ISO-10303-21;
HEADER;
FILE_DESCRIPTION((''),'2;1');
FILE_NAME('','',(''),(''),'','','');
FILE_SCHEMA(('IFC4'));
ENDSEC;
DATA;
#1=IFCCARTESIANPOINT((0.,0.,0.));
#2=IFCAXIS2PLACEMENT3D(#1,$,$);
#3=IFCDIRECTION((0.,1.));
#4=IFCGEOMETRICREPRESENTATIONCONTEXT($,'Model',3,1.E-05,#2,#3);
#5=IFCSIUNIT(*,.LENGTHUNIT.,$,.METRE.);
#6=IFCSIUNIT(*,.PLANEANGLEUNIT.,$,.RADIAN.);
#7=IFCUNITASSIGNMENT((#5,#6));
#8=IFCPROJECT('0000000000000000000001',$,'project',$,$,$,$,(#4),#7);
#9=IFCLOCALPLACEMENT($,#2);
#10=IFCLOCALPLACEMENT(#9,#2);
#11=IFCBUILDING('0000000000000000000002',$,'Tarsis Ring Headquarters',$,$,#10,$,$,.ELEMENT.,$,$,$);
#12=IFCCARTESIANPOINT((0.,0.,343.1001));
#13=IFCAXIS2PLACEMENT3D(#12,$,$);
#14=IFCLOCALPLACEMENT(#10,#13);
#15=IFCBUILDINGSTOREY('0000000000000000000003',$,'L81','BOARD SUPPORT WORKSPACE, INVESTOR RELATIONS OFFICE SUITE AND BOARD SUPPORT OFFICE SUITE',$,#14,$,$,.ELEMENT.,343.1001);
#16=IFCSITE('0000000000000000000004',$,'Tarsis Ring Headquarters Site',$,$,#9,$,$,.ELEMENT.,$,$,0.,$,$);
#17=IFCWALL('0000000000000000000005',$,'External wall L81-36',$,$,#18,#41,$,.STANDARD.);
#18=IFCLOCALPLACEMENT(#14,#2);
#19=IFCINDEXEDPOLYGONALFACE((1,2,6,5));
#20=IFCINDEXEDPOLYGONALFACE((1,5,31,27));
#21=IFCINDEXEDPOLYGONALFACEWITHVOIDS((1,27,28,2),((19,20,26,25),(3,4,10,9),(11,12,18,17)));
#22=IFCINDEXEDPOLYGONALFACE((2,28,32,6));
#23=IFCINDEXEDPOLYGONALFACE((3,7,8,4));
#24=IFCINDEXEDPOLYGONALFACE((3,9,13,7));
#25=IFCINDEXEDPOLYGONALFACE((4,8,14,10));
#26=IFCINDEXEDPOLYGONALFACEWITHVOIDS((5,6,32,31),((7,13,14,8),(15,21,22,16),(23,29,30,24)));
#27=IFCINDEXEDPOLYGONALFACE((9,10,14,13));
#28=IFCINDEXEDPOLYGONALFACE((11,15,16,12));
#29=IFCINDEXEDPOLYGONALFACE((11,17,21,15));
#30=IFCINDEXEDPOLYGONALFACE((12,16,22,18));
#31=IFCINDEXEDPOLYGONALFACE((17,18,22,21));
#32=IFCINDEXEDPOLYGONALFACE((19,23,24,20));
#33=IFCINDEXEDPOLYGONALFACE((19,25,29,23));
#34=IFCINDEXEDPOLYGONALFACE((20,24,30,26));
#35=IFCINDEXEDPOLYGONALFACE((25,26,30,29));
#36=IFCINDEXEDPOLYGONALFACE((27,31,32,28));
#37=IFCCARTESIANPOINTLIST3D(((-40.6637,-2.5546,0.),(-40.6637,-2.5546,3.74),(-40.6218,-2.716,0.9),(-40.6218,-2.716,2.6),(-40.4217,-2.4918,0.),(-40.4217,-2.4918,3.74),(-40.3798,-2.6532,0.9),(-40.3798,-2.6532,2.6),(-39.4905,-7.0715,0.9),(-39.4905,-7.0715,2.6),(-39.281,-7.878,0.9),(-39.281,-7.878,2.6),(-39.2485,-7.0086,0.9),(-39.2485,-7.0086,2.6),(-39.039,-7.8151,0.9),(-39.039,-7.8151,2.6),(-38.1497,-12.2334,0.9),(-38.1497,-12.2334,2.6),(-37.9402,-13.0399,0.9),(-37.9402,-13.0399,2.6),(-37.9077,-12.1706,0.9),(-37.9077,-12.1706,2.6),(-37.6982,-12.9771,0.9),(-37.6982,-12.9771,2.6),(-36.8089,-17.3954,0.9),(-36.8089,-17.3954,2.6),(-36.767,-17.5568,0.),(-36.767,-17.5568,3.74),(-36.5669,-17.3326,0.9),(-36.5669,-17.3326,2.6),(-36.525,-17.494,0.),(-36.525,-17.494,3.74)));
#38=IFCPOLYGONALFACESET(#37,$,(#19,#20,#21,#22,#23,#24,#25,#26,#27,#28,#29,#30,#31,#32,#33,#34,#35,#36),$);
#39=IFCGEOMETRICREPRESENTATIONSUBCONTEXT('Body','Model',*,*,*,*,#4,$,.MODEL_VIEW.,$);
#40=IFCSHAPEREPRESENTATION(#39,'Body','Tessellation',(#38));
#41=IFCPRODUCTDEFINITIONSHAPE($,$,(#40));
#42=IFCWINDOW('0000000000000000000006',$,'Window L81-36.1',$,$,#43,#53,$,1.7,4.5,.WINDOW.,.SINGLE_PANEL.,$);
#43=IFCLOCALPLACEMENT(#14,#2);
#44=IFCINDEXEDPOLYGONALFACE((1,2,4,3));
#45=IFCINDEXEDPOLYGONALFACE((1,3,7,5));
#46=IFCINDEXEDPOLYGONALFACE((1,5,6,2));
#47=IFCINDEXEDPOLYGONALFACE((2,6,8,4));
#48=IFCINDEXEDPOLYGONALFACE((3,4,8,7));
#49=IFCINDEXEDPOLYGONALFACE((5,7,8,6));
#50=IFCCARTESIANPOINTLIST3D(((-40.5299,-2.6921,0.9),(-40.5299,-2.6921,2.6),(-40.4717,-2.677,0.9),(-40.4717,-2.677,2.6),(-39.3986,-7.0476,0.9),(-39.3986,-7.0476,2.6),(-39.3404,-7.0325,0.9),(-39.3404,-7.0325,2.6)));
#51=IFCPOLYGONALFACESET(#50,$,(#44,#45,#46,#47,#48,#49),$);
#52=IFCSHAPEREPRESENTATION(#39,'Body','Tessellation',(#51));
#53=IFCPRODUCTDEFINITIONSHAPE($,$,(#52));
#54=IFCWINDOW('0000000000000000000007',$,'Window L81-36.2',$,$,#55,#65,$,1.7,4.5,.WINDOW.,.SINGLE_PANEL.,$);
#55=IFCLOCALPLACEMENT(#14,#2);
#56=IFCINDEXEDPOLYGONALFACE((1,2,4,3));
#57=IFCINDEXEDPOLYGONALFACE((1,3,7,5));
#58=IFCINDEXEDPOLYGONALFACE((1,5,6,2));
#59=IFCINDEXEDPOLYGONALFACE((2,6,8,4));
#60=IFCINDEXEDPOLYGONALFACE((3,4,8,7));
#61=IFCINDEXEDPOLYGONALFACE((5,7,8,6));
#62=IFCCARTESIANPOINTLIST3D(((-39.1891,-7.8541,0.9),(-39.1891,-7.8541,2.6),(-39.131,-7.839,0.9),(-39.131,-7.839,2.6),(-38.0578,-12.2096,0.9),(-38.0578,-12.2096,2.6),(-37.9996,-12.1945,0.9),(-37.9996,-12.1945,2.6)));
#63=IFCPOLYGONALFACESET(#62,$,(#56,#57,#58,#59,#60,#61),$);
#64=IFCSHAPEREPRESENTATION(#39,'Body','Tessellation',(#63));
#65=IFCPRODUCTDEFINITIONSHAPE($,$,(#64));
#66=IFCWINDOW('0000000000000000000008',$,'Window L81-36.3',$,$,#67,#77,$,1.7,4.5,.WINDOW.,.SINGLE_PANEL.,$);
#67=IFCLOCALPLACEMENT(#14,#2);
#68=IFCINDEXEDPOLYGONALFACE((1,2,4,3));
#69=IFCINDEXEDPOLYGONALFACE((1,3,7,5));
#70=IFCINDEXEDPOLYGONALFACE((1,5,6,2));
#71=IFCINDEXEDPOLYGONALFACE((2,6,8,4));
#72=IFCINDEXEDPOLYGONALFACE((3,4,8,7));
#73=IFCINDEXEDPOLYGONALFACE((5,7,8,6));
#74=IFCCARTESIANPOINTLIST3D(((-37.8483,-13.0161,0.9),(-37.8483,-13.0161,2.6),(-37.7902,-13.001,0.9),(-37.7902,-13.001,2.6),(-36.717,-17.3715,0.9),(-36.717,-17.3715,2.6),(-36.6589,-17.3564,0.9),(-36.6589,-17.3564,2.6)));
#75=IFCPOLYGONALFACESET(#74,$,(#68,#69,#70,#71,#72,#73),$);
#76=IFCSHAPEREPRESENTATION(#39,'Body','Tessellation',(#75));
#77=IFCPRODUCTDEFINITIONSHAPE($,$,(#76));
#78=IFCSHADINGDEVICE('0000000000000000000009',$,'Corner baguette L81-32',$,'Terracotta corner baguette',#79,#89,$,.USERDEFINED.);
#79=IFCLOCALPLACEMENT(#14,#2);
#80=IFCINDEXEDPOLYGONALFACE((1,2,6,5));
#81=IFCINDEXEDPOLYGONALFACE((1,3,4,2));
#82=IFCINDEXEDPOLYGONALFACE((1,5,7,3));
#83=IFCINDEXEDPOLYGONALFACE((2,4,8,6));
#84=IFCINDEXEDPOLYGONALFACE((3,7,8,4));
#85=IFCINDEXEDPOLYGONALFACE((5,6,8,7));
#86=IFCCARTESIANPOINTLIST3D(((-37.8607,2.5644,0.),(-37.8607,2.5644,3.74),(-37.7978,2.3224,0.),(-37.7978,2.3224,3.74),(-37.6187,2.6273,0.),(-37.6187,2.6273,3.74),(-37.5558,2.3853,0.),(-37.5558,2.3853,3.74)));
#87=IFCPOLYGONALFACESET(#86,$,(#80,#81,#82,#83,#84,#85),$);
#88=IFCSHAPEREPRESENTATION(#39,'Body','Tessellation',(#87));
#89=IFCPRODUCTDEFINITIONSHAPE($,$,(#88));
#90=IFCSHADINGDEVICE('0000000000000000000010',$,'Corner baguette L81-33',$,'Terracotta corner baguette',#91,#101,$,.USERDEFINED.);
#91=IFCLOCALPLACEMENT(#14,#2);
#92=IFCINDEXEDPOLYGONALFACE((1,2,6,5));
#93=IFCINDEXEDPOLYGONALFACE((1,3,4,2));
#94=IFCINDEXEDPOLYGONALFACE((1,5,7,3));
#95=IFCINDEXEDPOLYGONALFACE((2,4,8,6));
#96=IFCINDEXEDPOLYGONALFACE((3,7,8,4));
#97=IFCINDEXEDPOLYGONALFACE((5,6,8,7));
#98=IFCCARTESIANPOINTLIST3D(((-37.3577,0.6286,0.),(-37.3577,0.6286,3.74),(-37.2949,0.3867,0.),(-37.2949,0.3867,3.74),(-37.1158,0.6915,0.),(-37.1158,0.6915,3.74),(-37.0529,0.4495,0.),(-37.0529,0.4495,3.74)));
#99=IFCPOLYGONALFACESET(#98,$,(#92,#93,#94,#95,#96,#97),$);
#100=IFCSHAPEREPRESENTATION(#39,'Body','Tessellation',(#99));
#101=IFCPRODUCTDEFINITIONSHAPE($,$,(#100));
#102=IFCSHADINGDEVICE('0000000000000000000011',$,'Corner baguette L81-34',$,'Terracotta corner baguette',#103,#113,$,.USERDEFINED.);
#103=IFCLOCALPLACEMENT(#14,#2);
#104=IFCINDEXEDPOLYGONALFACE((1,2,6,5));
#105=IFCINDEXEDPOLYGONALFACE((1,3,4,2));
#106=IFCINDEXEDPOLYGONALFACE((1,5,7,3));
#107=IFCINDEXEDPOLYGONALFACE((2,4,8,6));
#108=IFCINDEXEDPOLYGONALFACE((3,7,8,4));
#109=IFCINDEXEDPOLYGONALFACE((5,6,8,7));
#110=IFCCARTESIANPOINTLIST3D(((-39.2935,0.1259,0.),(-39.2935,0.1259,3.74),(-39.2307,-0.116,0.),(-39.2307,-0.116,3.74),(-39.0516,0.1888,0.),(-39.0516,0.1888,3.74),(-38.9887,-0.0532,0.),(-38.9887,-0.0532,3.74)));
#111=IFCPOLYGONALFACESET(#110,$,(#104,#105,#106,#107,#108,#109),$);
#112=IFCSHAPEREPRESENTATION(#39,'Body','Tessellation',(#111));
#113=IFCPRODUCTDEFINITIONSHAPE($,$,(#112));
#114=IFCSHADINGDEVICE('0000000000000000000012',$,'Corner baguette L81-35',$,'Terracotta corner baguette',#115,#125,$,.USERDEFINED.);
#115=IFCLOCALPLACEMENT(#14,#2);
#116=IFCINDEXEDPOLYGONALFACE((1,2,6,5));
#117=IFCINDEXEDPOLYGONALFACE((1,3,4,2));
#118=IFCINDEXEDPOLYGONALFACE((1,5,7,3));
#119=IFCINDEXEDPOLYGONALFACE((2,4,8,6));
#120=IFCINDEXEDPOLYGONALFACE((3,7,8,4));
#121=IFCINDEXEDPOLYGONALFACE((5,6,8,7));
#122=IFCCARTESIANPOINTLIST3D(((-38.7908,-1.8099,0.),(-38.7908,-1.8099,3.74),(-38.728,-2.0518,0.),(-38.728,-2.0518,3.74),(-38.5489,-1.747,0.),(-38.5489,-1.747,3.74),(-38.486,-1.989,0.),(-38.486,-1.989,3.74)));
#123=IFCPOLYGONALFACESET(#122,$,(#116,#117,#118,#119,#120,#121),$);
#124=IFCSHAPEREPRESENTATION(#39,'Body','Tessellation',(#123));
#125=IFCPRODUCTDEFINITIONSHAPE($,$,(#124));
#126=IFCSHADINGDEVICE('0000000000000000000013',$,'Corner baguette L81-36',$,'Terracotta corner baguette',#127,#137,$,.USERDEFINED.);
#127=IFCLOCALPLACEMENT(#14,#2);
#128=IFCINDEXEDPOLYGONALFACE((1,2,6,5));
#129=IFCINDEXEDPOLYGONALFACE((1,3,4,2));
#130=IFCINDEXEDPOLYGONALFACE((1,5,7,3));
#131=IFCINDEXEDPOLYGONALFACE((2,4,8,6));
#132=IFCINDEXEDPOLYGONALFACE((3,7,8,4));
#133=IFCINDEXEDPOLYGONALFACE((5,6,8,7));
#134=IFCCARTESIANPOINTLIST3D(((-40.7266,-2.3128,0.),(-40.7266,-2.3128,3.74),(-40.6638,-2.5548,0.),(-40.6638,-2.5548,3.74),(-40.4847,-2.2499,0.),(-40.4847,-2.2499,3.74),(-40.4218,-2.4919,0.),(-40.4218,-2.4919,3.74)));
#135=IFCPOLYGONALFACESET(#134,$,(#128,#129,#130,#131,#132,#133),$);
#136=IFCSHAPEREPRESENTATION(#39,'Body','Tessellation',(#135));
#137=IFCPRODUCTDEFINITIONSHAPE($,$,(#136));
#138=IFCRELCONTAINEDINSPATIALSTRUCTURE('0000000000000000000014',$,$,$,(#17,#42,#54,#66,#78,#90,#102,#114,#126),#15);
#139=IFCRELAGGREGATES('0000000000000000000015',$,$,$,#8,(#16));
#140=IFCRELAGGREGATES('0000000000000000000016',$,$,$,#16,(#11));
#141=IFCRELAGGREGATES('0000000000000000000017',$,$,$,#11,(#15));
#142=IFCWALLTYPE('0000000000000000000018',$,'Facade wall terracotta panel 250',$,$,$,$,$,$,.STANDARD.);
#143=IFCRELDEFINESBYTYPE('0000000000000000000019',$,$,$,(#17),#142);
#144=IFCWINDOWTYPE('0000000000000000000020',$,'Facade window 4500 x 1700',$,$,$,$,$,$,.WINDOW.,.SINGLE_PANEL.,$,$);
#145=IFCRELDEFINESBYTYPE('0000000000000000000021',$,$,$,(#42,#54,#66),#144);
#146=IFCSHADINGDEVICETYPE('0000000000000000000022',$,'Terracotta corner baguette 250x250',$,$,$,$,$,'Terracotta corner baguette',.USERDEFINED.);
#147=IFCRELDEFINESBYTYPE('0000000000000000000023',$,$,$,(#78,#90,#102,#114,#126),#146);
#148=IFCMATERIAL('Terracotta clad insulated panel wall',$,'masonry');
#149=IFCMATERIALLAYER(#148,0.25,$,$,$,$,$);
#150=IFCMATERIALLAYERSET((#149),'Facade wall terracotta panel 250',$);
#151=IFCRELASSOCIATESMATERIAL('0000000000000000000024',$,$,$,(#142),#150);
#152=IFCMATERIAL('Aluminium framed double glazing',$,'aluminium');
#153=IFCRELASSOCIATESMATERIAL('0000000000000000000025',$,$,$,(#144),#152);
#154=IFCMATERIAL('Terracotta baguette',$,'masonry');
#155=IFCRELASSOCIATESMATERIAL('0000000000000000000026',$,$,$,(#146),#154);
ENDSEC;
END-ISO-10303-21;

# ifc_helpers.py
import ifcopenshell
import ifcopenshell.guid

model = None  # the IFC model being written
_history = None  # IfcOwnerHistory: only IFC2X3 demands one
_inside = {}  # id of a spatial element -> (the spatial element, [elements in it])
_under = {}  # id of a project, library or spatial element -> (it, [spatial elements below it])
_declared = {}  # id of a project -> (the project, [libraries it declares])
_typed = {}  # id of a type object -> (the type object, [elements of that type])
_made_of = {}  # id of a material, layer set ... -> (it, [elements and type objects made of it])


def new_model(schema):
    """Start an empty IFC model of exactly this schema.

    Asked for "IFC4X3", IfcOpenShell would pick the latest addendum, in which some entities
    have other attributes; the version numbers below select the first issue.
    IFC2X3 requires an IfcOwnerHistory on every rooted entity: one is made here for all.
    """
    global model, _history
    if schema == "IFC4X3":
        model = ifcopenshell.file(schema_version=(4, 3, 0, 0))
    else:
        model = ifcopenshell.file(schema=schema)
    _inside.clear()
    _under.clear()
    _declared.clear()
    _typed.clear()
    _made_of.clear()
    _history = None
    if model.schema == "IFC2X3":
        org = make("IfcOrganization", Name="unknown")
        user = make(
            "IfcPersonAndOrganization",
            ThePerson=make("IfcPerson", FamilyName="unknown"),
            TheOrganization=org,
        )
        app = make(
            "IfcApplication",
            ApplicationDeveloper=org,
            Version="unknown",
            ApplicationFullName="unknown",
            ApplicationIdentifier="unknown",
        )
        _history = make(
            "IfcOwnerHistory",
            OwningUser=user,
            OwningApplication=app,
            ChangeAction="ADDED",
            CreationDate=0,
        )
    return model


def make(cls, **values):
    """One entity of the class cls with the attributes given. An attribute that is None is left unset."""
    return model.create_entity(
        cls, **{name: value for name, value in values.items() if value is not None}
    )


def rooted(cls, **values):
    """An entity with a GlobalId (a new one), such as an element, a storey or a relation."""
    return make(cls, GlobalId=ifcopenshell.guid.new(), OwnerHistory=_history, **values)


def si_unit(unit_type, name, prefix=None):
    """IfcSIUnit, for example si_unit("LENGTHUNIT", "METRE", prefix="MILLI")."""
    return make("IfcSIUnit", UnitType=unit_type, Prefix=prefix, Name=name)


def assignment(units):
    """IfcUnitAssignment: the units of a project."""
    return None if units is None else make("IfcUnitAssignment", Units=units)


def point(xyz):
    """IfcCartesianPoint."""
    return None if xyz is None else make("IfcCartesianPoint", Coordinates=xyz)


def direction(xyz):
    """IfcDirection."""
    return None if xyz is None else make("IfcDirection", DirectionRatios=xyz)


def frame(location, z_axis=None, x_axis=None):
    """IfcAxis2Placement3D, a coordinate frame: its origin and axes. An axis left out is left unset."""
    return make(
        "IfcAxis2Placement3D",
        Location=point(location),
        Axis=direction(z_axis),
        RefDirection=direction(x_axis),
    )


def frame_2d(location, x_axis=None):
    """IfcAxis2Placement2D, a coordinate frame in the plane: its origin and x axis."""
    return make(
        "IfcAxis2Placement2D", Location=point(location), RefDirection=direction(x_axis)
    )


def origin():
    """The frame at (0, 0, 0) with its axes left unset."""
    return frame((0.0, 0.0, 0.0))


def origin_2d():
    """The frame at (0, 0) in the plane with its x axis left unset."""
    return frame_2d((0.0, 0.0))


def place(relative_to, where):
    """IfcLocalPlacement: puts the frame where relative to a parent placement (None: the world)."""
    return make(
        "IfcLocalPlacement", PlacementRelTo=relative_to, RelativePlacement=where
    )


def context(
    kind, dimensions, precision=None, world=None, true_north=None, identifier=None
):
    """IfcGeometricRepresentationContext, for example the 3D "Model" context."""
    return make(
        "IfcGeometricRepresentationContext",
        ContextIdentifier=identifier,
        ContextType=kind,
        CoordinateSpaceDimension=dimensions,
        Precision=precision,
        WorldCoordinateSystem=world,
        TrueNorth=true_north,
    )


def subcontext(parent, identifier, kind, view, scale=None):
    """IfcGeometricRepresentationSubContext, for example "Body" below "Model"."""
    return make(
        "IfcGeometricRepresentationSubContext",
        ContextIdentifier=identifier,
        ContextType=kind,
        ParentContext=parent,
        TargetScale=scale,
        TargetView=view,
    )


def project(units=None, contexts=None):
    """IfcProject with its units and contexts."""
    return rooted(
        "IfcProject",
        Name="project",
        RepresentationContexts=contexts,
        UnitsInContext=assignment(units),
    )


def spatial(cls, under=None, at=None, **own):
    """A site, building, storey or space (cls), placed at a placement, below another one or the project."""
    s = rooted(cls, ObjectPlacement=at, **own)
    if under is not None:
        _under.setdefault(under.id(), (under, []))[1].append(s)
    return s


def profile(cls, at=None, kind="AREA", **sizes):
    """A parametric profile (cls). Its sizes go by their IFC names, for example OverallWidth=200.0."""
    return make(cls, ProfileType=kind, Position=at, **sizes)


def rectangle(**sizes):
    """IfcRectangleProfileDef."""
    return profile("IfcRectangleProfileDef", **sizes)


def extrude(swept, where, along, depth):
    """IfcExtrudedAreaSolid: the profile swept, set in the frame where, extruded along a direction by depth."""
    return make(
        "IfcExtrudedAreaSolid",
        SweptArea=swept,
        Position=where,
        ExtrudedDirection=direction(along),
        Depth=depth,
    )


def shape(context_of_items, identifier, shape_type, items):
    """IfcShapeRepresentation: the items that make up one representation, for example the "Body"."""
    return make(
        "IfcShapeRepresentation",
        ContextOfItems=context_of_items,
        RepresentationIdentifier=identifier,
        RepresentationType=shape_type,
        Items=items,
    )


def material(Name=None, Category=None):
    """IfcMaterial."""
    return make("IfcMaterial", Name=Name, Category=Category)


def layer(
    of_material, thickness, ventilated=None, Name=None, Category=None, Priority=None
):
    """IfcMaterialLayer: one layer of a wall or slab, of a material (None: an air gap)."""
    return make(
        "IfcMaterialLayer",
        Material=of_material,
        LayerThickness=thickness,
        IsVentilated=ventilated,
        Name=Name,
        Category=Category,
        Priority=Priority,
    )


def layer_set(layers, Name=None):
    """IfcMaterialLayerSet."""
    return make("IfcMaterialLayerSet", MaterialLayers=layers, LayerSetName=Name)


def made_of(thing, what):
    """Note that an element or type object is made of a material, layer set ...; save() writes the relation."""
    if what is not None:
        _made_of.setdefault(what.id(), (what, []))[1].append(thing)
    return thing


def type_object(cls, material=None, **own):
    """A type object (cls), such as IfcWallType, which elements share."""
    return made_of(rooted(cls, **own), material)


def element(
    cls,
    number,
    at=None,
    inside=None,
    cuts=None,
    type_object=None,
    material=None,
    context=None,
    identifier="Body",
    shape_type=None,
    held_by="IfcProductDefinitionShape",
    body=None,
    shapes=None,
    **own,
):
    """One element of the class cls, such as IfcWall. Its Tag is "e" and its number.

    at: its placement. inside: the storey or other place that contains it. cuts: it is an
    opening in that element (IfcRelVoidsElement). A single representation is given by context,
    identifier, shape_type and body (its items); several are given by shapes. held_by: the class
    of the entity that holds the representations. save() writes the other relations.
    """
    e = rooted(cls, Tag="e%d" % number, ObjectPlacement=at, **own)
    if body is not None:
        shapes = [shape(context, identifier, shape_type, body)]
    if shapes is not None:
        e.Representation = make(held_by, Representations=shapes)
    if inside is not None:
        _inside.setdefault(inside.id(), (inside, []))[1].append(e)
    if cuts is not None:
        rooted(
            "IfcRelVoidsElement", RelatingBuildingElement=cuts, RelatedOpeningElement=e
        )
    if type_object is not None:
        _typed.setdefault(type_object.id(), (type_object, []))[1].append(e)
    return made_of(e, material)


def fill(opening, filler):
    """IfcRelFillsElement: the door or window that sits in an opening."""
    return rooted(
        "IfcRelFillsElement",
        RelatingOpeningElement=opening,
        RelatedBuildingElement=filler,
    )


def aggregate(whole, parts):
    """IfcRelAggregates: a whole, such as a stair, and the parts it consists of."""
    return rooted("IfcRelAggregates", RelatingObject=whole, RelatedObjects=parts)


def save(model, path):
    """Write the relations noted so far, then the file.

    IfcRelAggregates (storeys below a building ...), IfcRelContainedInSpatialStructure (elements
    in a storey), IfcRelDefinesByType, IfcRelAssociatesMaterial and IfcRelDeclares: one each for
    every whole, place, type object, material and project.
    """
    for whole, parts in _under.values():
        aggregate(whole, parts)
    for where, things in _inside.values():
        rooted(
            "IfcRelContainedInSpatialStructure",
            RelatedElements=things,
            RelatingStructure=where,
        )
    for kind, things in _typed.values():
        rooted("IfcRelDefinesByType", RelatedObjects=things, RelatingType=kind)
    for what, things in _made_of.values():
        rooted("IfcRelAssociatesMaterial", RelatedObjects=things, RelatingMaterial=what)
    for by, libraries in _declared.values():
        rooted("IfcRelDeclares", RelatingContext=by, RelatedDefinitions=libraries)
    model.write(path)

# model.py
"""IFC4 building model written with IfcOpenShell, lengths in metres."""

from ifc_helpers import new_model, si_unit, direction, frame, frame_2d, origin, origin_2d, place, context, subcontext, project, spatial, rectangle, extrude, material, layer, layer_set, type_object, element, fill, save


model = new_model("IFC4")

# Units and contexts
model_context = context("Model", 3, precision=1e-05, world=origin(), true_north=direction((0.0, 1.0)))
body_context = subcontext(model_context, "Body", "Model", "MODEL_VIEW")
ifc_project = project(units=[si_unit("LENGTHUNIT", "METRE"), si_unit("PLANEANGLEUNIT", "RADIAN")], contexts=[model_context])

# Site, building, storey
site_placement = place(None, origin())
site = spatial("IfcSite", under=ifc_project, at=site_placement, Name="Tarsis Ring Headquarters Site", CompositionType="ELEMENT", RefElevation=0.0)
building_placement = place(site_placement, origin())
building = spatial("IfcBuilding", under=site, at=building_placement, Name="Tarsis Ring Headquarters", CompositionType="ELEMENT")
storey_placement = place(building_placement, frame((0.0, 0.0, 343.1001)))
storey = spatial("IfcBuildingStorey", under=building, at=storey_placement, Name="L81", Description="BOARD SUPPORT WORKSPACE, INVESTOR RELATIONS OFFICE SUITE AND BOARD SUPPORT OFFICE SUITE", CompositionType="ELEMENT", Elevation=343.1001)

# Shared definitions
ifc_material_1 = material(Name="Terracotta clad insulated panel wall", Category="masonry")
ifc_layer = layer(ifc_material_1, 0.25)
ifc_layer_set = layer_set([ifc_layer], Name="Facade wall terracotta panel 250")
wall_type = type_object("IfcWallType", Name="Facade wall terracotta panel 250", PredefinedType="STANDARD", material=ifc_layer_set)

# Wall, openings, windows
wall_placement = place(storey_placement, frame((-40.5427, -2.5232, 0.0), z_axis=(0.0, 0.0, 1.0), x_axis=(0.251402, -0.967883, 0.0)))
wall = element("IfcWall", 1, at=wall_placement, inside=storey, type_object=wall_type, Name="External wall L81-36", PredefinedType="STANDARD", context=body_context, shape_type="SweptSolid", body=[
    extrude(rectangle(XDim=15.5, YDim=0.25, at=frame_2d((7.75, 0.0))), origin(), (0.0, 0.0, 1.0), 3.74),
])
opening_1_placement = place(wall_placement, frame((0.1667, 0.0, 0.8999)))
opening_1 = element("IfcOpeningElement", 2, at=opening_1_placement, cuts=wall, PredefinedType="OPENING", context=body_context, shape_type="SweptSolid", body=[
    extrude(rectangle(XDim=4.5, YDim=1.7, at=frame_2d((2.25, 0.8501))), frame((0.0, 0.135, 0.0), z_axis=(0.0, -1.0, 0.0), x_axis=(1.0, 0.0, 0.0)), (0.0, 0.0, 1.0), 0.27),
])
opening_2_placement = place(wall_placement, frame((5.5, 0.0, 0.8999)))
opening_2 = element("IfcOpeningElement", 3, at=opening_2_placement, cuts=wall, PredefinedType="OPENING", context=body_context, shape_type="SweptSolid", body=[
    extrude(rectangle(XDim=4.5, YDim=1.7, at=frame_2d((2.25, 0.8501))), frame((0.0, 0.135, 0.0), z_axis=(0.0, -1.0, 0.0), x_axis=(1.0, 0.0, 0.0)), (0.0, 0.0, 1.0), 0.27),
])
opening_3_placement = place(wall_placement, frame((10.8333, 0.0, 0.8999)))
opening_3 = element("IfcOpeningElement", 4, at=opening_3_placement, cuts=wall, PredefinedType="OPENING", context=body_context, shape_type="SweptSolid", body=[
    extrude(rectangle(XDim=4.5, YDim=1.7, at=frame_2d((2.25, 0.8501))), frame((0.0, 0.135, 0.0), z_axis=(0.0, -1.0, 0.0), x_axis=(1.0, 0.0, 0.0)), (0.0, 0.0, 1.0), 0.27),
])
ifc_material_2 = material(Name="Aluminium framed double glazing", Category="aluminium")
window_type = type_object("IfcWindowType", Name="Facade window 4500 x 1700", PartitioningType="SINGLE_PANEL", PredefinedType="WINDOW", material=ifc_material_2)
window_1_placement = place(opening_1_placement, origin())
window_1 = element("IfcWindow", 5, at=window_1_placement, inside=storey, type_object=window_type, Name="Window L81-36.1", OverallHeight=1.7, OverallWidth=4.5, PartitioningType="SINGLE_PANEL", PredefinedType="WINDOW", context=body_context, shape_type="SweptSolid", body=[
    extrude(rectangle(XDim=4.5, YDim=1.7, at=frame_2d((2.25, 0.8501))), frame((0.0, 0.03, 0.0), z_axis=(0.0, -1.0, 0.0), x_axis=(1.0, 0.0, 0.0)), (0.0, 0.0, 1.0), 0.0601),
])
fill(opening_1, window_1)
window_2_placement = place(opening_2_placement, origin())
window_2 = element("IfcWindow", 6, at=window_2_placement, inside=storey, type_object=window_type, Name="Window L81-36.2", OverallHeight=1.7, OverallWidth=4.5, PartitioningType="SINGLE_PANEL", PredefinedType="WINDOW", context=body_context, shape_type="SweptSolid", body=[
    extrude(rectangle(XDim=4.5, YDim=1.7, at=frame_2d((2.25, 0.8501))), frame((0.0, 0.03, 0.0), z_axis=(0.0, -1.0, 0.0), x_axis=(1.0, 0.0, 0.0)), (0.0, 0.0, 1.0), 0.0601),
])
fill(opening_2, window_2)
window_3_placement = place(opening_3_placement, origin())
window_3 = element("IfcWindow", 7, at=window_3_placement, inside=storey, type_object=window_type, Name="Window L81-36.3", OverallHeight=1.7, OverallWidth=4.5, PartitioningType="SINGLE_PANEL", PredefinedType="WINDOW", context=body_context, shape_type="SweptSolid", body=[
    extrude(rectangle(XDim=4.5, YDim=1.7, at=frame_2d((2.25, 0.8501))), frame((0.0, 0.03, 0.0), z_axis=(0.0, -1.0, 0.0), x_axis=(1.0, 0.0, 0.0)), (0.0, 0.0, 1.0), 0.0601),
])
fill(opening_3, window_3)

# Shading devices
ifc_material_3 = material(Name="Terracotta baguette", Category="masonry")
shading_device_type_1 = type_object("IfcShadingDeviceType", Name="Terracotta corner baguette 250x250", ElementType="Terracotta corner baguette", PredefinedType="USERDEFINED", material=ifc_material_3)
for number, where, z_axis, x_axis, name in (
    (8, (-37.7083, 2.4749, 0.0), (0.0, 0.0, 1.0), (-0.967885, -0.251394, 0.0), "Corner baguette L81-32"),
    (9, (-37.2053, 0.5391, 0.0), (0.0, 0.0, 1.0), (0.251393, -0.967885, 0.0), "Corner baguette L81-33"),
    (10, (-39.1411, 0.0364, 0.0), (0.0, 0.0, 1.0), (-0.967885, -0.251393, 0.0), "Corner baguette L81-34"),
    (11, (-38.6384, -1.8994, 0.0), (0.0, 0.0, 1.0), (0.251394, -0.967885, 0.0), "Corner baguette L81-35"),
    (12, (-40.5742, -2.4023, 0.0), (0.0, 0.0, 1.0), (-0.967885, -0.251393, 0.0), "Corner baguette L81-36"),
):
    element("IfcShadingDevice", number, at=place(storey_placement, frame(where, z_axis=z_axis, x_axis=x_axis)), inside=storey, type_object=shading_device_type_1, Name=name, ObjectType="Terracotta corner baguette", PredefinedType="USERDEFINED", context=body_context, shape_type="SweptSolid", body=[
        extrude(rectangle(XDim=0.25, YDim=0.25, at=origin_2d()), origin(), (0.0, 0.0, 1.0), 3.74),
    ])

save(model, "model.ifc")
